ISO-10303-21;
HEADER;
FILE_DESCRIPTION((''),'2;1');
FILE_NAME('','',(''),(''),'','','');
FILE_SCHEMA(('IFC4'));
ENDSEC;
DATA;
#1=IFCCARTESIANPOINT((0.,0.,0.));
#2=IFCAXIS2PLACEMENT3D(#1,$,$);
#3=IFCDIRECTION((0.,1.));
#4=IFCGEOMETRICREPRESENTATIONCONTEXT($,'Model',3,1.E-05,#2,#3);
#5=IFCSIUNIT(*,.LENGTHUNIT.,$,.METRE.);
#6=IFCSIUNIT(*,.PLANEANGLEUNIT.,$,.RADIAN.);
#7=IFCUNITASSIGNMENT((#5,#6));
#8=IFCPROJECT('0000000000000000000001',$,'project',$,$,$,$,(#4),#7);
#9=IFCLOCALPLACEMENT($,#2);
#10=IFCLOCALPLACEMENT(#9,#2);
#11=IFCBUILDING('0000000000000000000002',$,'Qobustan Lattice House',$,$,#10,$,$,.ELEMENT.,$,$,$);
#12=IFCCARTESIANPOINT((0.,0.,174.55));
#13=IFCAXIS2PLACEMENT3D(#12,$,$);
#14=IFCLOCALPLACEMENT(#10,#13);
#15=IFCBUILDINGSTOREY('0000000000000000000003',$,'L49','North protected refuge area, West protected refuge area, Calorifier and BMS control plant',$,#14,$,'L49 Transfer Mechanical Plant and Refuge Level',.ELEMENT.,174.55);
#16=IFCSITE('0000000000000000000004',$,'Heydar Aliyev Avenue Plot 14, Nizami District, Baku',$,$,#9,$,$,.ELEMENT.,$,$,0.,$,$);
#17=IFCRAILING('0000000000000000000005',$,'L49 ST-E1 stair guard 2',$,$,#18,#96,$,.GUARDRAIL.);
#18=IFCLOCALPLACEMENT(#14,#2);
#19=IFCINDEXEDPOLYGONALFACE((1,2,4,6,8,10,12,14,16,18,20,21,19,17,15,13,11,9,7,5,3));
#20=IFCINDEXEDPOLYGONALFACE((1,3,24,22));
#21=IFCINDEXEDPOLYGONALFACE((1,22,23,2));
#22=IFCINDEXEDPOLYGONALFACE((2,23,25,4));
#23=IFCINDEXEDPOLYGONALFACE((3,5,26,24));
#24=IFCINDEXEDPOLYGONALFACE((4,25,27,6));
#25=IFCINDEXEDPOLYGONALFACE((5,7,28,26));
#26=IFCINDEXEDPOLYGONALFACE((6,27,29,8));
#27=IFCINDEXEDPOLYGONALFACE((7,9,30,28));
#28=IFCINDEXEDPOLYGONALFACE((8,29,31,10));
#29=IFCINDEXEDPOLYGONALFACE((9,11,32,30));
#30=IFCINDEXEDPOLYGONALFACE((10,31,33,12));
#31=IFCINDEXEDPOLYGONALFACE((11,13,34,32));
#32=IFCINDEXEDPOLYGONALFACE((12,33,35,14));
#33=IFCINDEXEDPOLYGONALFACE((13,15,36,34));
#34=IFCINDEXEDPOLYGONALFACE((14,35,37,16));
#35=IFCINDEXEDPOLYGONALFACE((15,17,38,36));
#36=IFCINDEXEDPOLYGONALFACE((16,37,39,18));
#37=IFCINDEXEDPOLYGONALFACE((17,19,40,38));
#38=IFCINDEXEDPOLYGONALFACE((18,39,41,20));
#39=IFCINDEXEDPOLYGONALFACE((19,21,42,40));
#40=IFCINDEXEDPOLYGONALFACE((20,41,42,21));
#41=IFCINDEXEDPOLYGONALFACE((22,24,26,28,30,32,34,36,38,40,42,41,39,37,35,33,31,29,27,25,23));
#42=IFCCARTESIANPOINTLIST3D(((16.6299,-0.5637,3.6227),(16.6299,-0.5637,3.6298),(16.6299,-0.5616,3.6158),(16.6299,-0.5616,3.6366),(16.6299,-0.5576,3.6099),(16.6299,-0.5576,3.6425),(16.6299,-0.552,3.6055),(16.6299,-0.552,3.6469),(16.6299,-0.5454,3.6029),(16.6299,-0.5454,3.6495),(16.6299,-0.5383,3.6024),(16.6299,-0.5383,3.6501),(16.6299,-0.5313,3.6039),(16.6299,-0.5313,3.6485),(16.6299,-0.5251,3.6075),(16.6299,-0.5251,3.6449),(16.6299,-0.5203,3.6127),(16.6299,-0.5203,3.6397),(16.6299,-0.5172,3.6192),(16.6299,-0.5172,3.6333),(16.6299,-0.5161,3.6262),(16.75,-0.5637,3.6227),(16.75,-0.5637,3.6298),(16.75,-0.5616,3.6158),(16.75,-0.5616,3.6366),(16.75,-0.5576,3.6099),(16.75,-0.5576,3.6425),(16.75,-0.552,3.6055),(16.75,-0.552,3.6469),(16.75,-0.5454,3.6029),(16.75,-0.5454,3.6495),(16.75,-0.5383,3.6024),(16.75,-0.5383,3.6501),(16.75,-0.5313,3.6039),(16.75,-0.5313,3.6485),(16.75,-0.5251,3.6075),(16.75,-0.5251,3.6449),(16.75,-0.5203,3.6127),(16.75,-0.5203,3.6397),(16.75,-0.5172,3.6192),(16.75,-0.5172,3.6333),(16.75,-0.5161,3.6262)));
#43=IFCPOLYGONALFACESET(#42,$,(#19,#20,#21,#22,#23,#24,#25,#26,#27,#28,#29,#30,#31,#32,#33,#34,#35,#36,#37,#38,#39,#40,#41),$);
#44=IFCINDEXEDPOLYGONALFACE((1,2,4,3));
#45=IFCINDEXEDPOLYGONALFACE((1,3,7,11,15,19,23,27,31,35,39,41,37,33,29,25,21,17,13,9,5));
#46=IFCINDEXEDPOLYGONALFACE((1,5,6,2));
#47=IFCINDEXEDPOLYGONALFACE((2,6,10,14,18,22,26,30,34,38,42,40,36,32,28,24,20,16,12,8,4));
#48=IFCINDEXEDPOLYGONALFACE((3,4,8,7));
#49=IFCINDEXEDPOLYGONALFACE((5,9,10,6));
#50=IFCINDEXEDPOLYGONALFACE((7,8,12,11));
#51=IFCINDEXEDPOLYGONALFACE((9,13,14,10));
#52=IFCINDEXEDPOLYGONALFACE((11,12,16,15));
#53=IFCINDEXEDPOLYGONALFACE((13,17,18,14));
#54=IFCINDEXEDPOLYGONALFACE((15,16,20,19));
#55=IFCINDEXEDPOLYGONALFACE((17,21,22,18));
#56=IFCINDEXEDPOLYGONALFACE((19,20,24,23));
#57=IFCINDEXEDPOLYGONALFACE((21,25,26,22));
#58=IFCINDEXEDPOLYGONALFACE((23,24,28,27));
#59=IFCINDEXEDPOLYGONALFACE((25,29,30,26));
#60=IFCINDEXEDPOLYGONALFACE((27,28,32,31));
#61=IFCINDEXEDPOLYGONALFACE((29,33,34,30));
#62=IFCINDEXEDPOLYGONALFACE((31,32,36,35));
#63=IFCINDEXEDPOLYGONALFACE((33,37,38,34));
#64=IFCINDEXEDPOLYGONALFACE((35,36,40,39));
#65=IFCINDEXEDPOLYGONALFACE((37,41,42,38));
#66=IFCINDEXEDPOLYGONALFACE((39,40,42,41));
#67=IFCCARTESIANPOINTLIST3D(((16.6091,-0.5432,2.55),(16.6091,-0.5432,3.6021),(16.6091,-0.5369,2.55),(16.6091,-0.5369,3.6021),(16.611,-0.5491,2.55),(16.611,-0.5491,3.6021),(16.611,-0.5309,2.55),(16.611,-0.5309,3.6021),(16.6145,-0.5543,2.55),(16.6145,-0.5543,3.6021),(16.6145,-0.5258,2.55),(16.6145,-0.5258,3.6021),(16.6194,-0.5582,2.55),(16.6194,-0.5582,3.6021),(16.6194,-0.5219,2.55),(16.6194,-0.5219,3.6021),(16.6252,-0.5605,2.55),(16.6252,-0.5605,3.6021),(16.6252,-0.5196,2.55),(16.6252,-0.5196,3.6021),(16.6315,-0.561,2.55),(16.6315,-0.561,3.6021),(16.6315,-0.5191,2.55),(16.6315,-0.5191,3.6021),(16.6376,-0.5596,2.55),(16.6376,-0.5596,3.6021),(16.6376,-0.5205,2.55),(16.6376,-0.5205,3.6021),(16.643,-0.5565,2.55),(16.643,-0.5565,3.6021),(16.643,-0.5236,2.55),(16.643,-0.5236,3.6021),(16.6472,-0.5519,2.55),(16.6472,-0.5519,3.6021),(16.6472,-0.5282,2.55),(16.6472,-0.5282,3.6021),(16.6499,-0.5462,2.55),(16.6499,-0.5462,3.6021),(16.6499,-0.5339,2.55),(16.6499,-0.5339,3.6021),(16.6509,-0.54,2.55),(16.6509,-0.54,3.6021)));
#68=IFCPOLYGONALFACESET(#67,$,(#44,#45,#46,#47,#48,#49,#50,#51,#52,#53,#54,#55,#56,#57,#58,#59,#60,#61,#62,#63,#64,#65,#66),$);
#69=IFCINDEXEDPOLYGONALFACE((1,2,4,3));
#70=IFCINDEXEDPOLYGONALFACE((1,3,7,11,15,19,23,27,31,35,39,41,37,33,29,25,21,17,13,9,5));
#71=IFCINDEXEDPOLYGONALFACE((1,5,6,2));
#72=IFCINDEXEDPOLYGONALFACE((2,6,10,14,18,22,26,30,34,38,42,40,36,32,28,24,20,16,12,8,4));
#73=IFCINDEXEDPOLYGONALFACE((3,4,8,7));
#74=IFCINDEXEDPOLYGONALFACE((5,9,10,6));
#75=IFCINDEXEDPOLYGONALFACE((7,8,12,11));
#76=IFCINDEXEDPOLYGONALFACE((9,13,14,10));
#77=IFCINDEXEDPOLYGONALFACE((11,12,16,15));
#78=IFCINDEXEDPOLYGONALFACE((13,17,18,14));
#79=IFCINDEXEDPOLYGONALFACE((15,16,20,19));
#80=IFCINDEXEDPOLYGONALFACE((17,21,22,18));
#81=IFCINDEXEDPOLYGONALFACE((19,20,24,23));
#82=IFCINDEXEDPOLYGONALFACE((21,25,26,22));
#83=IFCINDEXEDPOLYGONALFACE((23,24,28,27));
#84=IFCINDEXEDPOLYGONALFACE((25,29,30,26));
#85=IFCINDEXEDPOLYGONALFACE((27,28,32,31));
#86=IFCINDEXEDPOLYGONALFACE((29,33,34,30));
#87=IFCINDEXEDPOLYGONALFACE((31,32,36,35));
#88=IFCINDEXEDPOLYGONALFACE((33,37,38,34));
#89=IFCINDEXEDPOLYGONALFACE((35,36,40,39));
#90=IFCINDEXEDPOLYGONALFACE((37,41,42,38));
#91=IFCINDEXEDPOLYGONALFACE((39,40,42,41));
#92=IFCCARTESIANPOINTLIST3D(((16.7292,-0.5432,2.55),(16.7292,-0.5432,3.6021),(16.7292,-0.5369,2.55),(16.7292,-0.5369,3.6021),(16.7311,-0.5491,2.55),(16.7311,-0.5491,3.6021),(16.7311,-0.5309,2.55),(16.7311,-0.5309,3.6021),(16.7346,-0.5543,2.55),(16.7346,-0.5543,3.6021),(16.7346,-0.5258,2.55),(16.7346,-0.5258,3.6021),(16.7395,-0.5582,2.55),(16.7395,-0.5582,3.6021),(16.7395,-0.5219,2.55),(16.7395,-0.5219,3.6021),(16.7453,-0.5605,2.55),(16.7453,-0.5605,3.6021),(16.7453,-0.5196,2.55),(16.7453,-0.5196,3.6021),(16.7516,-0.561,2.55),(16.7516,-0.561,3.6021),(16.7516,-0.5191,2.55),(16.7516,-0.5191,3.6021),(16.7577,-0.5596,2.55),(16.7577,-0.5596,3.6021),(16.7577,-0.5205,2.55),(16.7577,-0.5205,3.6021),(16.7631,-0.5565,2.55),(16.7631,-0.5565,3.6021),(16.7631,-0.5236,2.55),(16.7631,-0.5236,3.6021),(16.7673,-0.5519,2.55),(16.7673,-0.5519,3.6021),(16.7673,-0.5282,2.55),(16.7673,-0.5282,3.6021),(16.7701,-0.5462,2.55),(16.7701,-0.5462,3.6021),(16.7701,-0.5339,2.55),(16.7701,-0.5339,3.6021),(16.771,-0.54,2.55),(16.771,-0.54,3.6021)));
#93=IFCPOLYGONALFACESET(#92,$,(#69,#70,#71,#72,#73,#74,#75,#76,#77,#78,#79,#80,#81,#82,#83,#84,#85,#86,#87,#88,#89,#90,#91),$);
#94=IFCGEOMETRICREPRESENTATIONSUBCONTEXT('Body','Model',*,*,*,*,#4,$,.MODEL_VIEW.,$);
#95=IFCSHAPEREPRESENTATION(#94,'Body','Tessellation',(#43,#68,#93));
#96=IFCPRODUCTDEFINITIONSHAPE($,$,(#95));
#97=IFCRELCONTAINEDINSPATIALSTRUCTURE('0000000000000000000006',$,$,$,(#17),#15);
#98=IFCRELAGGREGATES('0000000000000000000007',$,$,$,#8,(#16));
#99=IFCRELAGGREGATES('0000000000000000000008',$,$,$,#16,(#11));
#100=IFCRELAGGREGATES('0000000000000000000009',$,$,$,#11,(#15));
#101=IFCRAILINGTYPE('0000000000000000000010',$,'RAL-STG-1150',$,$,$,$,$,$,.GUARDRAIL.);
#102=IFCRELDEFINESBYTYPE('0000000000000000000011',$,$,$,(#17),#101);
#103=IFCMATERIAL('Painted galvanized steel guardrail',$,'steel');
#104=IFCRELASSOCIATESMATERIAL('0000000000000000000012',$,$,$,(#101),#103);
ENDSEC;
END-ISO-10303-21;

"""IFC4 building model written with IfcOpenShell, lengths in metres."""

from ifc_helpers import new_model, si_unit, direction, frame, origin, origin_2d, place, context, subcontext, project, spatial, circle, extrude, material, type_object, element, save


model = new_model("IFC4")

# Units and contexts
model_context = context("Model", 3, precision=1e-05, world=origin(), true_north=direction((0.0, 1.0)))
body_context = subcontext(model_context, "Body", "Model", "MODEL_VIEW")
ifc_project = project(units=[si_unit("LENGTHUNIT", "METRE"), si_unit("PLANEANGLEUNIT", "RADIAN")], contexts=[model_context])

# Site, building, storey
site_placement = place(None, origin())
site = spatial("IfcSite", under=ifc_project, at=site_placement, Name="Heydar Aliyev Avenue Plot 14, Nizami District, Baku", CompositionType="ELEMENT", RefElevation=0.0)
building_placement = place(site_placement, origin())
building = spatial("IfcBuilding", under=site, at=building_placement, Name="Qobustan Lattice House", CompositionType="ELEMENT")
storey_placement = place(building_placement, frame((0.0, 0.0, 174.55)))
storey = spatial("IfcBuildingStorey", under=building, at=storey_placement, Name="L49", Description="North protected refuge area, West protected refuge area, Calorifier and BMS control plant", LongName="L49 Transfer Mechanical Plant and Refuge Level", CompositionType="ELEMENT", Elevation=174.55)

# Railing
ifc_material_1 = material(Name="Painted galvanized steel guardrail", Category="steel")
railing_type_1 = type_object("IfcRailingType", Name="RAL-STG-1150", PredefinedType="GUARDRAIL", material=ifc_material_1)
railing_1_placement = place(storey_placement, frame((16.6299, -0.54, 2.55)))
element("IfcRailing", 1, at=railing_1_placement, inside=storey, type_object=railing_type_1, Name="L49 ST-E1 stair guard 2", PredefinedType="GUARDRAIL", context=body_context, shape_type="SweptSolid", body=[
    extrude(circle(Radius=0.0239, at=origin_2d()), frame((0.0, 0.0, 1.0762), z_axis=(1.0, 0.0, 0.0), x_axis=(0.0, 1.0, 0.0)), (0.0, 0.0, 1.0), 0.1201),
    extrude(circle(Radius=0.021, at=origin_2d()), origin(), (0.0, 0.0, 1.0), 1.052),
    extrude(circle(Radius=0.021, at=origin_2d()), frame((0.1201, 0.0, 0.0)), (0.0, 0.0, 1.0), 1.052),
])

save(model, "model.ifc")
